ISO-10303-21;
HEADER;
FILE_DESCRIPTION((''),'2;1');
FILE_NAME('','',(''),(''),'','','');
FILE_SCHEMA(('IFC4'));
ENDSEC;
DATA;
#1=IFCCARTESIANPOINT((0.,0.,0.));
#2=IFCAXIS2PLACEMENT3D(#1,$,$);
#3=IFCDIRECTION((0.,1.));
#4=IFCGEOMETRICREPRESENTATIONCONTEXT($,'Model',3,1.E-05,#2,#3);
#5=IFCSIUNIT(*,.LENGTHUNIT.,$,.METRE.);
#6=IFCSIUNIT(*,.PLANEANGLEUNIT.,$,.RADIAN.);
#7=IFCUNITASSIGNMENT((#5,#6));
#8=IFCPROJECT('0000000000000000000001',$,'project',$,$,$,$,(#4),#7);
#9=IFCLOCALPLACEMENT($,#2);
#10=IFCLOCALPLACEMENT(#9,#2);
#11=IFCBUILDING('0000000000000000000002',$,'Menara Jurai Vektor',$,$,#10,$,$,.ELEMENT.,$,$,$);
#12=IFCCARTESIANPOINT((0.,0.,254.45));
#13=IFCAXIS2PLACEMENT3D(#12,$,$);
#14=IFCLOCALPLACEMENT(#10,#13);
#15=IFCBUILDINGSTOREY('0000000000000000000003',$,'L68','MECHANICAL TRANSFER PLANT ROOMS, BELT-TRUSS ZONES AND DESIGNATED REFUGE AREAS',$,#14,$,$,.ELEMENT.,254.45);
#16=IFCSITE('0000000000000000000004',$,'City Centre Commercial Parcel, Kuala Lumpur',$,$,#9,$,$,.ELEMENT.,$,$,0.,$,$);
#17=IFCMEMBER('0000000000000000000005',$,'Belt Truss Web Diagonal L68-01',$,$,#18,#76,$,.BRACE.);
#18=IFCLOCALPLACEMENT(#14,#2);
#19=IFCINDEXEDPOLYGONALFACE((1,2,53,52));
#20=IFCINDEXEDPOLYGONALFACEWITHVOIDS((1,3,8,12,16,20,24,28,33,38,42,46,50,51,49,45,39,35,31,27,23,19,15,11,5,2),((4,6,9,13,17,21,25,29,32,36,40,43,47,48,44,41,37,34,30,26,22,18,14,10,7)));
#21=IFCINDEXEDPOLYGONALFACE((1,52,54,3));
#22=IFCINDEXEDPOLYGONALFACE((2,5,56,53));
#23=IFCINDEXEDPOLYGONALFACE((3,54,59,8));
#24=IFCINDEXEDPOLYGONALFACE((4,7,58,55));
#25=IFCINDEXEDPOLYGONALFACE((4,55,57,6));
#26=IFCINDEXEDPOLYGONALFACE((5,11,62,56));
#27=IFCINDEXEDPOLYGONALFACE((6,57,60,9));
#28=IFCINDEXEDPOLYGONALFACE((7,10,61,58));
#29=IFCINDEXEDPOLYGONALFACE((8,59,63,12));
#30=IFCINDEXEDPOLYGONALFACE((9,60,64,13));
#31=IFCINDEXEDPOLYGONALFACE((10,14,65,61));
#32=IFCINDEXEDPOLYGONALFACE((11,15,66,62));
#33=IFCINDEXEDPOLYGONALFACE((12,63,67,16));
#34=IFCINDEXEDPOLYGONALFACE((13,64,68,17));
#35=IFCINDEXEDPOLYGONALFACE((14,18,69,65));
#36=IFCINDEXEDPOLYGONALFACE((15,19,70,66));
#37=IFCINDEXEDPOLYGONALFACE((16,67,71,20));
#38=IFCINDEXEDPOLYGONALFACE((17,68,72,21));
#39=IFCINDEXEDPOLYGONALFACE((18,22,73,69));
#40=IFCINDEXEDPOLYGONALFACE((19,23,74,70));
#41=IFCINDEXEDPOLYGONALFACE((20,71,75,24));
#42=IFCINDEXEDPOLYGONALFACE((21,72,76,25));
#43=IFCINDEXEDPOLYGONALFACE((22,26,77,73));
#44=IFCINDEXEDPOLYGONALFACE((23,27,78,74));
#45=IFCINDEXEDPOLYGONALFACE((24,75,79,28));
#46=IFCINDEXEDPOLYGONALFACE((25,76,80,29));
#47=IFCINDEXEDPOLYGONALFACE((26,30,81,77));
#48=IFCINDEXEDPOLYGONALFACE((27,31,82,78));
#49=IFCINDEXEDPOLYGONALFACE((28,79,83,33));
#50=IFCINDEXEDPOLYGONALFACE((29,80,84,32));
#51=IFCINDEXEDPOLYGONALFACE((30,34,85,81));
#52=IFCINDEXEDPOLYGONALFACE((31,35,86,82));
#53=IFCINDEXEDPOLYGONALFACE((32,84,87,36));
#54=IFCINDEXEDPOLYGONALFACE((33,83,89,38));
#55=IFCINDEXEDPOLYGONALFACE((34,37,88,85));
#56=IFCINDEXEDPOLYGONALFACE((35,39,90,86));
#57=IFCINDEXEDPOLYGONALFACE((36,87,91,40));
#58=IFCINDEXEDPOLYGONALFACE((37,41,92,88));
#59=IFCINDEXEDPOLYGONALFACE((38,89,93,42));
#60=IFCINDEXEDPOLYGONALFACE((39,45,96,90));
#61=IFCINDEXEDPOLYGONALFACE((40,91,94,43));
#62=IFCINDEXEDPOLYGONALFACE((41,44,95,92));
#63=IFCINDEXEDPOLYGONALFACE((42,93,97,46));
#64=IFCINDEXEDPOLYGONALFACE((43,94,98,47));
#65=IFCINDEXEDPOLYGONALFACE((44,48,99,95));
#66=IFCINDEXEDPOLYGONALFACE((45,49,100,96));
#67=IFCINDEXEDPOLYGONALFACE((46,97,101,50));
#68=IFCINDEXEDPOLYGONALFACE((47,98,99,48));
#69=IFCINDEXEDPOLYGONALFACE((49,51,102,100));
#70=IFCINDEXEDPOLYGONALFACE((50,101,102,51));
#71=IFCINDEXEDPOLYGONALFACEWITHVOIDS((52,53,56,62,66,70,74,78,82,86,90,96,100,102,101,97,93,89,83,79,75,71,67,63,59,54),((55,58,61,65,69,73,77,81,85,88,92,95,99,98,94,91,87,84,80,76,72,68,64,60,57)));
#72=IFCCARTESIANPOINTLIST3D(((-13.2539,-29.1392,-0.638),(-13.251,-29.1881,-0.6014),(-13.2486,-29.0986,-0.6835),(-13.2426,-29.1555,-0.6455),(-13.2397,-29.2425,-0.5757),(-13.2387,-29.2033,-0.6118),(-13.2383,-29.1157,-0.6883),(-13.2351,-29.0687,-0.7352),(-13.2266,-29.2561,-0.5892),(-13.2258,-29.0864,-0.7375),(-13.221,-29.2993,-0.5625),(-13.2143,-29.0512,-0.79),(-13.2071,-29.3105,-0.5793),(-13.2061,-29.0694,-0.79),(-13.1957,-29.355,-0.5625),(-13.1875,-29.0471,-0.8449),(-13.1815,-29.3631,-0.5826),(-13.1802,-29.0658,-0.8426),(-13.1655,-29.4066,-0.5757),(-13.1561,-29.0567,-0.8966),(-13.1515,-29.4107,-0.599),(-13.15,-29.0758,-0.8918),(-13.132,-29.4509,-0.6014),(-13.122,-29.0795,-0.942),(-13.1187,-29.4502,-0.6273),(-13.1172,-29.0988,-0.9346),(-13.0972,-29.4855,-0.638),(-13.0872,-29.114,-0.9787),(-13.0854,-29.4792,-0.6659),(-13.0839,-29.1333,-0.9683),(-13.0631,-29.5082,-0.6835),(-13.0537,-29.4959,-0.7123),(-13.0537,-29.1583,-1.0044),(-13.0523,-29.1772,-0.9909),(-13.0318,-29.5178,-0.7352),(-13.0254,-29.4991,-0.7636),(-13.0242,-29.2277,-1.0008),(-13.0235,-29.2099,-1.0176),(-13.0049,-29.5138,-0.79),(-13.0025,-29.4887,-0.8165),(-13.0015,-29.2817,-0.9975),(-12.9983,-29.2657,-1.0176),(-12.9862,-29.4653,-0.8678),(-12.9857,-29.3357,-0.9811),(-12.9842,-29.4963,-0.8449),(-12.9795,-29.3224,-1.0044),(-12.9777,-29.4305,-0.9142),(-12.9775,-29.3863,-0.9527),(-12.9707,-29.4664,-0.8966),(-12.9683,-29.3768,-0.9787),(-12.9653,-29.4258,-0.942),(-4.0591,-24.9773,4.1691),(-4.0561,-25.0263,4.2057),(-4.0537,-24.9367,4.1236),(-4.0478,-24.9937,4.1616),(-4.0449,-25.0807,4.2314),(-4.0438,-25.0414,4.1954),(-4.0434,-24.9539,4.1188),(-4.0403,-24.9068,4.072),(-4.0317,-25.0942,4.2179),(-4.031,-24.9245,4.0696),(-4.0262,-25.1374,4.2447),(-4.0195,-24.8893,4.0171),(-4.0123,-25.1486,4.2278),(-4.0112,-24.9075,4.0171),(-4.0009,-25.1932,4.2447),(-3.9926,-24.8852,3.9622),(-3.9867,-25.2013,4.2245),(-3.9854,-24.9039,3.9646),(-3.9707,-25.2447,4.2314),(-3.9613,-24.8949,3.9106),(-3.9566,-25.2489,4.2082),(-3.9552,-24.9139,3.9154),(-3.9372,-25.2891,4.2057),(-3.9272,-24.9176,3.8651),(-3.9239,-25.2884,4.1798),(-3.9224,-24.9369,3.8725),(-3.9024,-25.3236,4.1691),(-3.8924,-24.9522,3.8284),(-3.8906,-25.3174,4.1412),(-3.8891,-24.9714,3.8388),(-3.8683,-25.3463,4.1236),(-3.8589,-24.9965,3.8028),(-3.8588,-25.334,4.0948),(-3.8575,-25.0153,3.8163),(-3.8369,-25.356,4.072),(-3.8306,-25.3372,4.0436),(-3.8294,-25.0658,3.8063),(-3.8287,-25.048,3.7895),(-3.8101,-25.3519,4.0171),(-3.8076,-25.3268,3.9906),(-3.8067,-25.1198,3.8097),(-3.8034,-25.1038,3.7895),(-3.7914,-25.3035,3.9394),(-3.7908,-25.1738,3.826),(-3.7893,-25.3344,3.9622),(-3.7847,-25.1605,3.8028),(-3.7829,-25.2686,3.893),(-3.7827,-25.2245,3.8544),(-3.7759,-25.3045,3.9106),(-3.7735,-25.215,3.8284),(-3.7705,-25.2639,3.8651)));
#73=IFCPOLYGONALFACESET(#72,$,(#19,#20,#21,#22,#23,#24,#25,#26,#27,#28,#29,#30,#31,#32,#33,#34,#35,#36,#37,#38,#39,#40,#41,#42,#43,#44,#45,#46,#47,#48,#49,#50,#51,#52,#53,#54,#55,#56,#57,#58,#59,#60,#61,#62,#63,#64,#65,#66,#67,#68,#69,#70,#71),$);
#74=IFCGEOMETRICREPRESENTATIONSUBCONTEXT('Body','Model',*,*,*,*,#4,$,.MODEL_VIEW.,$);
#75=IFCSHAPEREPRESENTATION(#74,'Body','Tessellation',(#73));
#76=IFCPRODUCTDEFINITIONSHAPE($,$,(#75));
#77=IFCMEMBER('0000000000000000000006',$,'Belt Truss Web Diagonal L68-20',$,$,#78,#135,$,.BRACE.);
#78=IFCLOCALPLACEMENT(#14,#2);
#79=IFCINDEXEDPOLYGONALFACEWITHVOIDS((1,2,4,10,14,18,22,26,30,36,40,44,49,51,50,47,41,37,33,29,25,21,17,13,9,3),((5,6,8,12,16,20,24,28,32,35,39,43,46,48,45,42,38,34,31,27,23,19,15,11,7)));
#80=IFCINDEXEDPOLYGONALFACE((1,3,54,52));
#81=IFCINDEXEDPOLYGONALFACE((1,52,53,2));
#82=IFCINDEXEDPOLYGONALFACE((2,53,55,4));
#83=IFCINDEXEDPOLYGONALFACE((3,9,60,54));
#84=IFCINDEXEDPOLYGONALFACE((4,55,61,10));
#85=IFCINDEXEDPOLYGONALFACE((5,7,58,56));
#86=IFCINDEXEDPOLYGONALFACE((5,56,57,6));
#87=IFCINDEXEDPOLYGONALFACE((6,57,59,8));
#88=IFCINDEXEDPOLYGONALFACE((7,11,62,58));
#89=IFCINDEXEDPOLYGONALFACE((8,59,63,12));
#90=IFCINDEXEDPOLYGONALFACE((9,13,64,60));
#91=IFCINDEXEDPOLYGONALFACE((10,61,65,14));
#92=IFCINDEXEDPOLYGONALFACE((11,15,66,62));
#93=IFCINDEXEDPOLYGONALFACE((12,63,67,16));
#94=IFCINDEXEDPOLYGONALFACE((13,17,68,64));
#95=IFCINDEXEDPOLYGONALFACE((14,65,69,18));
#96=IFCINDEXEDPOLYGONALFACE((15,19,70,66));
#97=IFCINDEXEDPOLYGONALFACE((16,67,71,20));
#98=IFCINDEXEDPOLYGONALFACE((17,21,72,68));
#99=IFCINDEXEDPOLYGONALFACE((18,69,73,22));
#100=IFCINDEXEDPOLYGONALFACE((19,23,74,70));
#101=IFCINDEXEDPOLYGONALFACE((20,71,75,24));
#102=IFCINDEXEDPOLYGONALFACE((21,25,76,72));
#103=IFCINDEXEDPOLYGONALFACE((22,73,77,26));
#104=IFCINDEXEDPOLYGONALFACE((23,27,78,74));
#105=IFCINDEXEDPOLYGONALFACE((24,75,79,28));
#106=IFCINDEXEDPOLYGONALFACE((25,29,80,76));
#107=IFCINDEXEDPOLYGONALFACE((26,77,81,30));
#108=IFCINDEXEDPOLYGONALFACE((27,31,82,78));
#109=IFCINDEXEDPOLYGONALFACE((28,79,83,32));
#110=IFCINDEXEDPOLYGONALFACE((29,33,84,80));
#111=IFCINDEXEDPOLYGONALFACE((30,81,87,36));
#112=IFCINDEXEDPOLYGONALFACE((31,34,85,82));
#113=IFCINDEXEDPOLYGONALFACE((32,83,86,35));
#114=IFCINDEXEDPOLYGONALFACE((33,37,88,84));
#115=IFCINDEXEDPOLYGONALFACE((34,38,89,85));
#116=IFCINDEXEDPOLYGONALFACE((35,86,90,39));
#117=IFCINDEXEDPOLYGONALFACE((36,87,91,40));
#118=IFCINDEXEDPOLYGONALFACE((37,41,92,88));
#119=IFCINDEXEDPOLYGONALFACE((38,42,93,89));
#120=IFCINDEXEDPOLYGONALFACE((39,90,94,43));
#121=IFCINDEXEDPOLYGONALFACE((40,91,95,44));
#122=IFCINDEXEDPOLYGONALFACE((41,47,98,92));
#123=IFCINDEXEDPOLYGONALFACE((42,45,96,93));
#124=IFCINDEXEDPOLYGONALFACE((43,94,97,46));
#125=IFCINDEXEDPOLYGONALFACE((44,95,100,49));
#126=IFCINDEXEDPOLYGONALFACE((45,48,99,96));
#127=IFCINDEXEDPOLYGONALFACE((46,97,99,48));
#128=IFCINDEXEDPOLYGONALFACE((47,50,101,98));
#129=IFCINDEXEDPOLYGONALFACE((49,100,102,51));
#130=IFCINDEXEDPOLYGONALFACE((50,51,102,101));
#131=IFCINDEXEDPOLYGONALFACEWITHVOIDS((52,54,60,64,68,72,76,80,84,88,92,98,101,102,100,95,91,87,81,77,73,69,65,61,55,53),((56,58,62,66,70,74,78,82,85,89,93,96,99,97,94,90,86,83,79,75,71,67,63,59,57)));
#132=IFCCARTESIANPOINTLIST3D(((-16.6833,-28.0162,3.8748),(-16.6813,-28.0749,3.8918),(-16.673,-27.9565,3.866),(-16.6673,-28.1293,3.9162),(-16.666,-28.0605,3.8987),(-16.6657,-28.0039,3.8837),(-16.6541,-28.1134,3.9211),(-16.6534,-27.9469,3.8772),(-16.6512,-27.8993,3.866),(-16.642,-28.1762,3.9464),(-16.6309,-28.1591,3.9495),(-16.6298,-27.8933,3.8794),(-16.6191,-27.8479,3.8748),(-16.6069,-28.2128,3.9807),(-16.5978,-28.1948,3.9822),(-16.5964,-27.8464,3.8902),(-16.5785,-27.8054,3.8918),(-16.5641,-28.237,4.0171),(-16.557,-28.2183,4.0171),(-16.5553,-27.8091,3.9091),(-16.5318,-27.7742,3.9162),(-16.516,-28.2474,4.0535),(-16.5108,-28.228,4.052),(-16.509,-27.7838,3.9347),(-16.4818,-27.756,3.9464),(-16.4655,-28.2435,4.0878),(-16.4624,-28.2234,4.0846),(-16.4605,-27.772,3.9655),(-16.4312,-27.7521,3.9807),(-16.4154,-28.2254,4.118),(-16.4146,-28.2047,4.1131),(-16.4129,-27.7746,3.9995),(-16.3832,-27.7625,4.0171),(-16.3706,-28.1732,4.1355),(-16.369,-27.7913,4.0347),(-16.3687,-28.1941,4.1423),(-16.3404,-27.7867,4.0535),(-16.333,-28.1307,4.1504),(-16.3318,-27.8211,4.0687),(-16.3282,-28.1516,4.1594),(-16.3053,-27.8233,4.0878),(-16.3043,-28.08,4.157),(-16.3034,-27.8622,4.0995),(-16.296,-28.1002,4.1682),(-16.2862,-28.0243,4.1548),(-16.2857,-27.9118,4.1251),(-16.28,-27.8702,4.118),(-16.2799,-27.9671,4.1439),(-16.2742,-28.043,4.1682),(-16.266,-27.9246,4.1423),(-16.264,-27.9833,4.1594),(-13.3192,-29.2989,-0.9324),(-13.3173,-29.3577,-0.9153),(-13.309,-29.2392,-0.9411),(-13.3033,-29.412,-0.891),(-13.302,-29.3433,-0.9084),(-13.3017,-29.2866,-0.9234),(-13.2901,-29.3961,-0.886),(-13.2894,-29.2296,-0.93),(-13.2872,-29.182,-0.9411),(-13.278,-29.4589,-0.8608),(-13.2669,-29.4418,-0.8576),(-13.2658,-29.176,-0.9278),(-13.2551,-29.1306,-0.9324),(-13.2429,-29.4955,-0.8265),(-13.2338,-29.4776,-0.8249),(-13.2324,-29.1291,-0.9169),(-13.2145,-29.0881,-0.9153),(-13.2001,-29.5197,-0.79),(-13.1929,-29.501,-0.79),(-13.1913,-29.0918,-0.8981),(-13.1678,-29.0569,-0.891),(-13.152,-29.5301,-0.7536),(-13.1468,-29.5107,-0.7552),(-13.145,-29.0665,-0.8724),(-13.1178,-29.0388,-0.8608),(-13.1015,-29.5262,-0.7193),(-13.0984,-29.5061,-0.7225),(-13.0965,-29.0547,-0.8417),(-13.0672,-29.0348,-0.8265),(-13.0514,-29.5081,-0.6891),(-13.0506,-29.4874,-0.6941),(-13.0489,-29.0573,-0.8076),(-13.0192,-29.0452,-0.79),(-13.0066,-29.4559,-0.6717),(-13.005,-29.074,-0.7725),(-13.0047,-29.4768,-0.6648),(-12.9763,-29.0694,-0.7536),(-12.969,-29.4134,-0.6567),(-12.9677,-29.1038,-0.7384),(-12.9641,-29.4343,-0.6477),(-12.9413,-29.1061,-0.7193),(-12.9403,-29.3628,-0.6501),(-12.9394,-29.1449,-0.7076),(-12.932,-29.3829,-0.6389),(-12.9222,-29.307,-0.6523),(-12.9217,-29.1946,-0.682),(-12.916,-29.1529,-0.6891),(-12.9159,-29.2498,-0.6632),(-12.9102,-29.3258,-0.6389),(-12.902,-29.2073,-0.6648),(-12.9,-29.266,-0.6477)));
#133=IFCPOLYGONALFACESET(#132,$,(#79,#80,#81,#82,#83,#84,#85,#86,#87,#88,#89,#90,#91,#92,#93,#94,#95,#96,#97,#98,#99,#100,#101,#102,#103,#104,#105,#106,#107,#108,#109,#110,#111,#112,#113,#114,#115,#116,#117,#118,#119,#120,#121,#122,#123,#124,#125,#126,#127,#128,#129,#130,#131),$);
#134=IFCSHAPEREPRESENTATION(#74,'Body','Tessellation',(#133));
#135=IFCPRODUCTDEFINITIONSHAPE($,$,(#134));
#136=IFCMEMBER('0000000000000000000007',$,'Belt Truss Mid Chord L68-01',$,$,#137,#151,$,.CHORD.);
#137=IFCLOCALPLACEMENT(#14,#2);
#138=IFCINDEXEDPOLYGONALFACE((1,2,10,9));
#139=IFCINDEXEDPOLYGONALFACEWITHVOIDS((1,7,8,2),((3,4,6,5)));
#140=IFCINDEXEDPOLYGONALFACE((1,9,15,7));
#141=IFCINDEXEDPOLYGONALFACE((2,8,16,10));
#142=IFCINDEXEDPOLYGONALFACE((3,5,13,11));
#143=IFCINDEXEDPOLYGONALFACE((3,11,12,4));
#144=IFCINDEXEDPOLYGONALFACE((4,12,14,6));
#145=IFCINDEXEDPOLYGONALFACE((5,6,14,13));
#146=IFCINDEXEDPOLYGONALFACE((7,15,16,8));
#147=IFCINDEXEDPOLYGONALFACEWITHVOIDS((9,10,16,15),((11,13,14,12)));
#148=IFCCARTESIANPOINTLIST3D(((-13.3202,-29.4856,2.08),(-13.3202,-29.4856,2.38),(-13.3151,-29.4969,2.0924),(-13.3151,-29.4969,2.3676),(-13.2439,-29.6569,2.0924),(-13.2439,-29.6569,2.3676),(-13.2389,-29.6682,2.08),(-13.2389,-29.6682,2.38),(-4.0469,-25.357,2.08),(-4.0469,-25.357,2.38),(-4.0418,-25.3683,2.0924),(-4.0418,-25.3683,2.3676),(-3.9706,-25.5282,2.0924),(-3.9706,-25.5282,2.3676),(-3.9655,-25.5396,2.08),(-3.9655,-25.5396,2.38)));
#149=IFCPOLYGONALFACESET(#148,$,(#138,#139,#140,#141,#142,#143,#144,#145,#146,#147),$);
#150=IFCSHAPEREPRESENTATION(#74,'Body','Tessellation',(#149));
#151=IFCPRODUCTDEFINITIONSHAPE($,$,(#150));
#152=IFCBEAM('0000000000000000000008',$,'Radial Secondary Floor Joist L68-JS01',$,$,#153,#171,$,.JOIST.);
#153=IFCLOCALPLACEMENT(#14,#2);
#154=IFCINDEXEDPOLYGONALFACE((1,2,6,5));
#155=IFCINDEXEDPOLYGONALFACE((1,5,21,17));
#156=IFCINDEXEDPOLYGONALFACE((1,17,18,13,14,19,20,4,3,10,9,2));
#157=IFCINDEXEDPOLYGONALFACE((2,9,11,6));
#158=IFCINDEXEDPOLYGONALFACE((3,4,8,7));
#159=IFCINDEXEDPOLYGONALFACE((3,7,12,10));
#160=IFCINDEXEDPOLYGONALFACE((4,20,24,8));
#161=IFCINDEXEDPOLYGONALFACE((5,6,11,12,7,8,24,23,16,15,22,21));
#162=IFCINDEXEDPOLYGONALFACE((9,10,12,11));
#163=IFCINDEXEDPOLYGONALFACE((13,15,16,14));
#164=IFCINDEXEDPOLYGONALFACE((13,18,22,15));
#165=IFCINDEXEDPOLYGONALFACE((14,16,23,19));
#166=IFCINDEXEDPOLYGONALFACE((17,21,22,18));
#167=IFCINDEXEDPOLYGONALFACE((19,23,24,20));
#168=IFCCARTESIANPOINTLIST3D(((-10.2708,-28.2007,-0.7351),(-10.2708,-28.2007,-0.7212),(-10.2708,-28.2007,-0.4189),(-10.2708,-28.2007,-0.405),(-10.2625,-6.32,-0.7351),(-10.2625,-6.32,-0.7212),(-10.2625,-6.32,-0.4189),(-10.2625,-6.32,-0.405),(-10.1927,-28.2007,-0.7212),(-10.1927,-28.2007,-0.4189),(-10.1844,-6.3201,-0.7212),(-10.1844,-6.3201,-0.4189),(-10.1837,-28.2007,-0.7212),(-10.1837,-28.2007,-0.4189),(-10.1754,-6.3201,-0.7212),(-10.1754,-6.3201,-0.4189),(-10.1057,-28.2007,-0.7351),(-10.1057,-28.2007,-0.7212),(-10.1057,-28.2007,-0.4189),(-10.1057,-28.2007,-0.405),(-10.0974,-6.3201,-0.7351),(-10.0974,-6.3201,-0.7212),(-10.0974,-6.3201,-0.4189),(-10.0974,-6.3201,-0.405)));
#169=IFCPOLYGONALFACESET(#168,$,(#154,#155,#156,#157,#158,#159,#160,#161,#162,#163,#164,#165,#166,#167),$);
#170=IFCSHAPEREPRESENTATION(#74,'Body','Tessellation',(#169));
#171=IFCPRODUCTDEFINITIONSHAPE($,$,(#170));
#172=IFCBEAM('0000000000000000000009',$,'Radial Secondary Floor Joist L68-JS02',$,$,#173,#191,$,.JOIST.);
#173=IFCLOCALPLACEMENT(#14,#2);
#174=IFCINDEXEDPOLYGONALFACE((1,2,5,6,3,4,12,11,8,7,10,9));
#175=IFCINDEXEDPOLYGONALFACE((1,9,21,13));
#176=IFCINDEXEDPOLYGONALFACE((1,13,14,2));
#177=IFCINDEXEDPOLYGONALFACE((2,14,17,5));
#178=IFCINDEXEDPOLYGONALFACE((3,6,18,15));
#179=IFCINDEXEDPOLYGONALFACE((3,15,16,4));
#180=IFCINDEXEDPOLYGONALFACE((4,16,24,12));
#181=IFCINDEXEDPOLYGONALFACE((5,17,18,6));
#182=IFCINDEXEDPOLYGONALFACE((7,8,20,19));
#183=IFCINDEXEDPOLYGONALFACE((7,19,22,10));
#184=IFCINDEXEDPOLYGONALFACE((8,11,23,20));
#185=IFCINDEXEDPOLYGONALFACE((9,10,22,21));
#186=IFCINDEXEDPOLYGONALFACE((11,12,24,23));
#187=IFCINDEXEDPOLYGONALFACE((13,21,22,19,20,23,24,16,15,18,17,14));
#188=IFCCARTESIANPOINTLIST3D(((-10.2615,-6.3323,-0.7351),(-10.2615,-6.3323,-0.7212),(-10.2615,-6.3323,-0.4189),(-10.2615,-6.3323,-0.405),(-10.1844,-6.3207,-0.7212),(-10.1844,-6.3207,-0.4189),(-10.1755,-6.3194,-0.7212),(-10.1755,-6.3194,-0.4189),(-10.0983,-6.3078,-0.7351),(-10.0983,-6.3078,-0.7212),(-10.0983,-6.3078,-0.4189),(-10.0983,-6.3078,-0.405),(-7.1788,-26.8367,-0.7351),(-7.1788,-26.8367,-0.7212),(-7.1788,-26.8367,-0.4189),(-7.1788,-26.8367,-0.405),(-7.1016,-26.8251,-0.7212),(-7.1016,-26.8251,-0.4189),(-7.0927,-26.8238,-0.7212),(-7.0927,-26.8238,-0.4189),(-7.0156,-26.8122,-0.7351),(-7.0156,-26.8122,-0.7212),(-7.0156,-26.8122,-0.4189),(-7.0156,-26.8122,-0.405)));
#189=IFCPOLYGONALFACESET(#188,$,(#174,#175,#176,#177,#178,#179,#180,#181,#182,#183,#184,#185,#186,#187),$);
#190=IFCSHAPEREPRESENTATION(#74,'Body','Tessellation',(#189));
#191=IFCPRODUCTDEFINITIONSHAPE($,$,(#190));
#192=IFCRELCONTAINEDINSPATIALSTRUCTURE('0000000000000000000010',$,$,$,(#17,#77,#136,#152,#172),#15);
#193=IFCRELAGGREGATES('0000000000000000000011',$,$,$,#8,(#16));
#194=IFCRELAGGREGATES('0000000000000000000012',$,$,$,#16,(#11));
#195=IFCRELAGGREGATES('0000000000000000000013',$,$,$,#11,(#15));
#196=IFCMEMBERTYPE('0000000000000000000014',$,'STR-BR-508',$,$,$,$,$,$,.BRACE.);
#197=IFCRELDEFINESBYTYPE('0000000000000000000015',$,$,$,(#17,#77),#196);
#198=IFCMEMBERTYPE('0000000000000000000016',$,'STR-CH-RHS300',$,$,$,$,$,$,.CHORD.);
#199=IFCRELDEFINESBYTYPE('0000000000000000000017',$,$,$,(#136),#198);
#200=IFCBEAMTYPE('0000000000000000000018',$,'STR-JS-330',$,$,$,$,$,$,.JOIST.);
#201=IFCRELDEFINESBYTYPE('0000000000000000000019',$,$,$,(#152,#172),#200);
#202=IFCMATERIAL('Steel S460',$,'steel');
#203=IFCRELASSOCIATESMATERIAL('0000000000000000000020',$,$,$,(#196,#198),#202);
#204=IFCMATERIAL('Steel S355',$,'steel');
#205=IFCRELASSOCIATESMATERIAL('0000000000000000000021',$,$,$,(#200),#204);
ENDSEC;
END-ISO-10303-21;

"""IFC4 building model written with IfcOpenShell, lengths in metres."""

from ifc_helpers import new_model, si_unit, direction, frame, origin, origin_2d, place, context, subcontext, project, spatial, hollow_rectangle, hollow_circle, i_section, extrude, material, material_profile, profile_set, type_object, element, save


model = new_model("IFC4")

# Units and contexts
model_context = context("Model", 3, precision=1e-05, world=origin(), true_north=direction((0.0, 1.0)))
body_context = subcontext(model_context, "Body", "Model", "MODEL_VIEW")
ifc_project = project(units=[si_unit("LENGTHUNIT", "METRE"), si_unit("PLANEANGLEUNIT", "RADIAN")], contexts=[model_context])

# Site, building, storey
site_placement = place(None, origin())
site = spatial("IfcSite", under=ifc_project, at=site_placement, Name="City Centre Commercial Parcel, Kuala Lumpur", CompositionType="ELEMENT", RefElevation=0.0)
building_placement = place(site_placement, origin())
building = spatial("IfcBuilding", under=site, at=building_placement, Name="Menara Jurai Vektor", CompositionType="ELEMENT")
storey_placement = place(building_placement, frame((0.0, 0.0, 254.45)))
storey = spatial("IfcBuildingStorey", under=building, at=storey_placement, Name="L68", Description="MECHANICAL TRANSFER PLANT ROOMS, BELT-TRUSS ZONES AND DESIGNATED REFUGE AREAS", CompositionType="ELEMENT", Elevation=254.45)

# Shared definitions
ifc_material_1 = material(Name="Steel S460", Category="steel")

# Members
ifc_material_profile_1 = material_profile(ifc_material_1, hollow_circle(Radius=0.2539, WallThickness=0.02, at=origin_2d()), Name="CHS 508x20")
ifc_profile_set_1 = profile_set([ifc_material_profile_1], Name="Steel S460")
member_type_1 = type_object("IfcMemberType", Name="STR-BR-508", PredefinedType="BRACE", material=ifc_profile_set_1)
member_1_placement = place(storey_placement, frame((-13.1096, -29.2825, -0.79), z_axis=(0.822494, 0.372287, 0.430007), x_axis=(-0.412357, 0.911022, 0.0)))
element("IfcMember", 1, at=member_1_placement, inside=storey, type_object=member_type_1, Name="Belt Truss Web Diagonal L68-01", PredefinedType="BRACE", context=body_context, shape_type="SweptSolid", body=[
    extrude(hollow_circle(Radius=0.2539, WallThickness=0.02, at=origin_2d()), origin(), (0.0, 0.0, 1.0), 11.1792),
])
member_2_placement = place(storey_placement, frame((-13.1096, -29.2825, -0.79), z_axis=(-0.560121, 0.213577, 0.800406), x_axis=(-0.356283, -0.934378, 0.0)))
element("IfcMember", 2, at=member_2_placement, inside=storey, type_object=member_type_1, Name="Belt Truss Web Diagonal L68-20", PredefinedType="BRACE", context=body_context, shape_type="SweptSolid", body=[
    extrude(hollow_circle(Radius=0.2539, WallThickness=0.02, at=origin_2d()), origin(), (0.0, 0.0, 1.0), 6.0059),
])
ifc_material_profile_2 = material_profile(ifc_material_1, hollow_rectangle(XDim=0.2, YDim=0.3, WallThickness=0.0125, at=origin_2d()), Name="RHS 300x200x12.5")
ifc_profile_set_2 = profile_set([ifc_material_profile_2], Name="Steel S460")
member_type_2 = type_object("IfcMemberType", Name="STR-CH-RHS300", PredefinedType="CHORD", material=ifc_profile_set_2)
member_3_placement = place(storey_placement, frame((-13.2795, -29.5769, 2.23), z_axis=(0.913551, 0.406725, 0.0), x_axis=(-0.406725, 0.913551, 0.0)))
element("IfcMember", 3, at=member_3_placement, inside=storey, type_object=member_type_2, Name="Belt Truss Mid Chord L68-01", PredefinedType="CHORD", context=body_context, shape_type="SweptSolid", body=[
    extrude(hollow_rectangle(XDim=0.2, YDim=0.3, WallThickness=0.0125, at=origin_2d()), origin(), (0.0, 0.0, 1.0), 10.1509),
])

# Beams
ifc_material_2 = material(Name="Steel S355", Category="steel")
ifc_material_profile_3 = material_profile(ifc_material_2, i_section(OverallWidth=0.165, OverallDepth=0.3301, WebThickness=0.009, FlangeThickness=0.0139, at=origin_2d()), Name="PG 330x165x46")
ifc_profile_set_3 = profile_set([ifc_material_profile_3], Name="Steel S355")
beam_type_1 = type_object("IfcBeamType", Name="STR-JS-330", PredefinedType="JOIST", material=ifc_profile_set_3)
beam_1_placement = place(storey_placement, frame((-10.1882, -28.2007, -0.5701), z_axis=(0.000379, 1.0, 0.0), x_axis=(-1.0, 0.000379, 0.0)))
element("IfcBeam", 4, at=beam_1_placement, inside=storey, type_object=beam_type_1, Name="Radial Secondary Floor Joist L68-JS01", PredefinedType="JOIST", context=body_context, shape_type="SweptSolid", body=[
    extrude(i_section(OverallWidth=0.165, OverallDepth=0.3301, WebThickness=0.009, FlangeThickness=0.0139, at=origin_2d()), origin(), (0.0, 0.0, 1.0), 21.8806),
])
beam_2_placement = place(storey_placement, frame((-7.0972, -26.8245, -0.5701), z_axis=(-0.148676, 0.988886, 0.0), x_axis=(-0.988886, -0.148676, 0.0)))
element("IfcBeam", 5, at=beam_2_placement, inside=storey, type_object=beam_type_1, Name="Radial Secondary Floor Joist L68-JS02", PredefinedType="JOIST", context=body_context, shape_type="SweptSolid", body=[
    extrude(i_section(OverallWidth=0.165, OverallDepth=0.3301, WebThickness=0.009, FlangeThickness=0.0139, at=origin_2d()), origin(), (0.0, 0.0, 1.0), 20.7349),
])

save(model, "model.ifc")
